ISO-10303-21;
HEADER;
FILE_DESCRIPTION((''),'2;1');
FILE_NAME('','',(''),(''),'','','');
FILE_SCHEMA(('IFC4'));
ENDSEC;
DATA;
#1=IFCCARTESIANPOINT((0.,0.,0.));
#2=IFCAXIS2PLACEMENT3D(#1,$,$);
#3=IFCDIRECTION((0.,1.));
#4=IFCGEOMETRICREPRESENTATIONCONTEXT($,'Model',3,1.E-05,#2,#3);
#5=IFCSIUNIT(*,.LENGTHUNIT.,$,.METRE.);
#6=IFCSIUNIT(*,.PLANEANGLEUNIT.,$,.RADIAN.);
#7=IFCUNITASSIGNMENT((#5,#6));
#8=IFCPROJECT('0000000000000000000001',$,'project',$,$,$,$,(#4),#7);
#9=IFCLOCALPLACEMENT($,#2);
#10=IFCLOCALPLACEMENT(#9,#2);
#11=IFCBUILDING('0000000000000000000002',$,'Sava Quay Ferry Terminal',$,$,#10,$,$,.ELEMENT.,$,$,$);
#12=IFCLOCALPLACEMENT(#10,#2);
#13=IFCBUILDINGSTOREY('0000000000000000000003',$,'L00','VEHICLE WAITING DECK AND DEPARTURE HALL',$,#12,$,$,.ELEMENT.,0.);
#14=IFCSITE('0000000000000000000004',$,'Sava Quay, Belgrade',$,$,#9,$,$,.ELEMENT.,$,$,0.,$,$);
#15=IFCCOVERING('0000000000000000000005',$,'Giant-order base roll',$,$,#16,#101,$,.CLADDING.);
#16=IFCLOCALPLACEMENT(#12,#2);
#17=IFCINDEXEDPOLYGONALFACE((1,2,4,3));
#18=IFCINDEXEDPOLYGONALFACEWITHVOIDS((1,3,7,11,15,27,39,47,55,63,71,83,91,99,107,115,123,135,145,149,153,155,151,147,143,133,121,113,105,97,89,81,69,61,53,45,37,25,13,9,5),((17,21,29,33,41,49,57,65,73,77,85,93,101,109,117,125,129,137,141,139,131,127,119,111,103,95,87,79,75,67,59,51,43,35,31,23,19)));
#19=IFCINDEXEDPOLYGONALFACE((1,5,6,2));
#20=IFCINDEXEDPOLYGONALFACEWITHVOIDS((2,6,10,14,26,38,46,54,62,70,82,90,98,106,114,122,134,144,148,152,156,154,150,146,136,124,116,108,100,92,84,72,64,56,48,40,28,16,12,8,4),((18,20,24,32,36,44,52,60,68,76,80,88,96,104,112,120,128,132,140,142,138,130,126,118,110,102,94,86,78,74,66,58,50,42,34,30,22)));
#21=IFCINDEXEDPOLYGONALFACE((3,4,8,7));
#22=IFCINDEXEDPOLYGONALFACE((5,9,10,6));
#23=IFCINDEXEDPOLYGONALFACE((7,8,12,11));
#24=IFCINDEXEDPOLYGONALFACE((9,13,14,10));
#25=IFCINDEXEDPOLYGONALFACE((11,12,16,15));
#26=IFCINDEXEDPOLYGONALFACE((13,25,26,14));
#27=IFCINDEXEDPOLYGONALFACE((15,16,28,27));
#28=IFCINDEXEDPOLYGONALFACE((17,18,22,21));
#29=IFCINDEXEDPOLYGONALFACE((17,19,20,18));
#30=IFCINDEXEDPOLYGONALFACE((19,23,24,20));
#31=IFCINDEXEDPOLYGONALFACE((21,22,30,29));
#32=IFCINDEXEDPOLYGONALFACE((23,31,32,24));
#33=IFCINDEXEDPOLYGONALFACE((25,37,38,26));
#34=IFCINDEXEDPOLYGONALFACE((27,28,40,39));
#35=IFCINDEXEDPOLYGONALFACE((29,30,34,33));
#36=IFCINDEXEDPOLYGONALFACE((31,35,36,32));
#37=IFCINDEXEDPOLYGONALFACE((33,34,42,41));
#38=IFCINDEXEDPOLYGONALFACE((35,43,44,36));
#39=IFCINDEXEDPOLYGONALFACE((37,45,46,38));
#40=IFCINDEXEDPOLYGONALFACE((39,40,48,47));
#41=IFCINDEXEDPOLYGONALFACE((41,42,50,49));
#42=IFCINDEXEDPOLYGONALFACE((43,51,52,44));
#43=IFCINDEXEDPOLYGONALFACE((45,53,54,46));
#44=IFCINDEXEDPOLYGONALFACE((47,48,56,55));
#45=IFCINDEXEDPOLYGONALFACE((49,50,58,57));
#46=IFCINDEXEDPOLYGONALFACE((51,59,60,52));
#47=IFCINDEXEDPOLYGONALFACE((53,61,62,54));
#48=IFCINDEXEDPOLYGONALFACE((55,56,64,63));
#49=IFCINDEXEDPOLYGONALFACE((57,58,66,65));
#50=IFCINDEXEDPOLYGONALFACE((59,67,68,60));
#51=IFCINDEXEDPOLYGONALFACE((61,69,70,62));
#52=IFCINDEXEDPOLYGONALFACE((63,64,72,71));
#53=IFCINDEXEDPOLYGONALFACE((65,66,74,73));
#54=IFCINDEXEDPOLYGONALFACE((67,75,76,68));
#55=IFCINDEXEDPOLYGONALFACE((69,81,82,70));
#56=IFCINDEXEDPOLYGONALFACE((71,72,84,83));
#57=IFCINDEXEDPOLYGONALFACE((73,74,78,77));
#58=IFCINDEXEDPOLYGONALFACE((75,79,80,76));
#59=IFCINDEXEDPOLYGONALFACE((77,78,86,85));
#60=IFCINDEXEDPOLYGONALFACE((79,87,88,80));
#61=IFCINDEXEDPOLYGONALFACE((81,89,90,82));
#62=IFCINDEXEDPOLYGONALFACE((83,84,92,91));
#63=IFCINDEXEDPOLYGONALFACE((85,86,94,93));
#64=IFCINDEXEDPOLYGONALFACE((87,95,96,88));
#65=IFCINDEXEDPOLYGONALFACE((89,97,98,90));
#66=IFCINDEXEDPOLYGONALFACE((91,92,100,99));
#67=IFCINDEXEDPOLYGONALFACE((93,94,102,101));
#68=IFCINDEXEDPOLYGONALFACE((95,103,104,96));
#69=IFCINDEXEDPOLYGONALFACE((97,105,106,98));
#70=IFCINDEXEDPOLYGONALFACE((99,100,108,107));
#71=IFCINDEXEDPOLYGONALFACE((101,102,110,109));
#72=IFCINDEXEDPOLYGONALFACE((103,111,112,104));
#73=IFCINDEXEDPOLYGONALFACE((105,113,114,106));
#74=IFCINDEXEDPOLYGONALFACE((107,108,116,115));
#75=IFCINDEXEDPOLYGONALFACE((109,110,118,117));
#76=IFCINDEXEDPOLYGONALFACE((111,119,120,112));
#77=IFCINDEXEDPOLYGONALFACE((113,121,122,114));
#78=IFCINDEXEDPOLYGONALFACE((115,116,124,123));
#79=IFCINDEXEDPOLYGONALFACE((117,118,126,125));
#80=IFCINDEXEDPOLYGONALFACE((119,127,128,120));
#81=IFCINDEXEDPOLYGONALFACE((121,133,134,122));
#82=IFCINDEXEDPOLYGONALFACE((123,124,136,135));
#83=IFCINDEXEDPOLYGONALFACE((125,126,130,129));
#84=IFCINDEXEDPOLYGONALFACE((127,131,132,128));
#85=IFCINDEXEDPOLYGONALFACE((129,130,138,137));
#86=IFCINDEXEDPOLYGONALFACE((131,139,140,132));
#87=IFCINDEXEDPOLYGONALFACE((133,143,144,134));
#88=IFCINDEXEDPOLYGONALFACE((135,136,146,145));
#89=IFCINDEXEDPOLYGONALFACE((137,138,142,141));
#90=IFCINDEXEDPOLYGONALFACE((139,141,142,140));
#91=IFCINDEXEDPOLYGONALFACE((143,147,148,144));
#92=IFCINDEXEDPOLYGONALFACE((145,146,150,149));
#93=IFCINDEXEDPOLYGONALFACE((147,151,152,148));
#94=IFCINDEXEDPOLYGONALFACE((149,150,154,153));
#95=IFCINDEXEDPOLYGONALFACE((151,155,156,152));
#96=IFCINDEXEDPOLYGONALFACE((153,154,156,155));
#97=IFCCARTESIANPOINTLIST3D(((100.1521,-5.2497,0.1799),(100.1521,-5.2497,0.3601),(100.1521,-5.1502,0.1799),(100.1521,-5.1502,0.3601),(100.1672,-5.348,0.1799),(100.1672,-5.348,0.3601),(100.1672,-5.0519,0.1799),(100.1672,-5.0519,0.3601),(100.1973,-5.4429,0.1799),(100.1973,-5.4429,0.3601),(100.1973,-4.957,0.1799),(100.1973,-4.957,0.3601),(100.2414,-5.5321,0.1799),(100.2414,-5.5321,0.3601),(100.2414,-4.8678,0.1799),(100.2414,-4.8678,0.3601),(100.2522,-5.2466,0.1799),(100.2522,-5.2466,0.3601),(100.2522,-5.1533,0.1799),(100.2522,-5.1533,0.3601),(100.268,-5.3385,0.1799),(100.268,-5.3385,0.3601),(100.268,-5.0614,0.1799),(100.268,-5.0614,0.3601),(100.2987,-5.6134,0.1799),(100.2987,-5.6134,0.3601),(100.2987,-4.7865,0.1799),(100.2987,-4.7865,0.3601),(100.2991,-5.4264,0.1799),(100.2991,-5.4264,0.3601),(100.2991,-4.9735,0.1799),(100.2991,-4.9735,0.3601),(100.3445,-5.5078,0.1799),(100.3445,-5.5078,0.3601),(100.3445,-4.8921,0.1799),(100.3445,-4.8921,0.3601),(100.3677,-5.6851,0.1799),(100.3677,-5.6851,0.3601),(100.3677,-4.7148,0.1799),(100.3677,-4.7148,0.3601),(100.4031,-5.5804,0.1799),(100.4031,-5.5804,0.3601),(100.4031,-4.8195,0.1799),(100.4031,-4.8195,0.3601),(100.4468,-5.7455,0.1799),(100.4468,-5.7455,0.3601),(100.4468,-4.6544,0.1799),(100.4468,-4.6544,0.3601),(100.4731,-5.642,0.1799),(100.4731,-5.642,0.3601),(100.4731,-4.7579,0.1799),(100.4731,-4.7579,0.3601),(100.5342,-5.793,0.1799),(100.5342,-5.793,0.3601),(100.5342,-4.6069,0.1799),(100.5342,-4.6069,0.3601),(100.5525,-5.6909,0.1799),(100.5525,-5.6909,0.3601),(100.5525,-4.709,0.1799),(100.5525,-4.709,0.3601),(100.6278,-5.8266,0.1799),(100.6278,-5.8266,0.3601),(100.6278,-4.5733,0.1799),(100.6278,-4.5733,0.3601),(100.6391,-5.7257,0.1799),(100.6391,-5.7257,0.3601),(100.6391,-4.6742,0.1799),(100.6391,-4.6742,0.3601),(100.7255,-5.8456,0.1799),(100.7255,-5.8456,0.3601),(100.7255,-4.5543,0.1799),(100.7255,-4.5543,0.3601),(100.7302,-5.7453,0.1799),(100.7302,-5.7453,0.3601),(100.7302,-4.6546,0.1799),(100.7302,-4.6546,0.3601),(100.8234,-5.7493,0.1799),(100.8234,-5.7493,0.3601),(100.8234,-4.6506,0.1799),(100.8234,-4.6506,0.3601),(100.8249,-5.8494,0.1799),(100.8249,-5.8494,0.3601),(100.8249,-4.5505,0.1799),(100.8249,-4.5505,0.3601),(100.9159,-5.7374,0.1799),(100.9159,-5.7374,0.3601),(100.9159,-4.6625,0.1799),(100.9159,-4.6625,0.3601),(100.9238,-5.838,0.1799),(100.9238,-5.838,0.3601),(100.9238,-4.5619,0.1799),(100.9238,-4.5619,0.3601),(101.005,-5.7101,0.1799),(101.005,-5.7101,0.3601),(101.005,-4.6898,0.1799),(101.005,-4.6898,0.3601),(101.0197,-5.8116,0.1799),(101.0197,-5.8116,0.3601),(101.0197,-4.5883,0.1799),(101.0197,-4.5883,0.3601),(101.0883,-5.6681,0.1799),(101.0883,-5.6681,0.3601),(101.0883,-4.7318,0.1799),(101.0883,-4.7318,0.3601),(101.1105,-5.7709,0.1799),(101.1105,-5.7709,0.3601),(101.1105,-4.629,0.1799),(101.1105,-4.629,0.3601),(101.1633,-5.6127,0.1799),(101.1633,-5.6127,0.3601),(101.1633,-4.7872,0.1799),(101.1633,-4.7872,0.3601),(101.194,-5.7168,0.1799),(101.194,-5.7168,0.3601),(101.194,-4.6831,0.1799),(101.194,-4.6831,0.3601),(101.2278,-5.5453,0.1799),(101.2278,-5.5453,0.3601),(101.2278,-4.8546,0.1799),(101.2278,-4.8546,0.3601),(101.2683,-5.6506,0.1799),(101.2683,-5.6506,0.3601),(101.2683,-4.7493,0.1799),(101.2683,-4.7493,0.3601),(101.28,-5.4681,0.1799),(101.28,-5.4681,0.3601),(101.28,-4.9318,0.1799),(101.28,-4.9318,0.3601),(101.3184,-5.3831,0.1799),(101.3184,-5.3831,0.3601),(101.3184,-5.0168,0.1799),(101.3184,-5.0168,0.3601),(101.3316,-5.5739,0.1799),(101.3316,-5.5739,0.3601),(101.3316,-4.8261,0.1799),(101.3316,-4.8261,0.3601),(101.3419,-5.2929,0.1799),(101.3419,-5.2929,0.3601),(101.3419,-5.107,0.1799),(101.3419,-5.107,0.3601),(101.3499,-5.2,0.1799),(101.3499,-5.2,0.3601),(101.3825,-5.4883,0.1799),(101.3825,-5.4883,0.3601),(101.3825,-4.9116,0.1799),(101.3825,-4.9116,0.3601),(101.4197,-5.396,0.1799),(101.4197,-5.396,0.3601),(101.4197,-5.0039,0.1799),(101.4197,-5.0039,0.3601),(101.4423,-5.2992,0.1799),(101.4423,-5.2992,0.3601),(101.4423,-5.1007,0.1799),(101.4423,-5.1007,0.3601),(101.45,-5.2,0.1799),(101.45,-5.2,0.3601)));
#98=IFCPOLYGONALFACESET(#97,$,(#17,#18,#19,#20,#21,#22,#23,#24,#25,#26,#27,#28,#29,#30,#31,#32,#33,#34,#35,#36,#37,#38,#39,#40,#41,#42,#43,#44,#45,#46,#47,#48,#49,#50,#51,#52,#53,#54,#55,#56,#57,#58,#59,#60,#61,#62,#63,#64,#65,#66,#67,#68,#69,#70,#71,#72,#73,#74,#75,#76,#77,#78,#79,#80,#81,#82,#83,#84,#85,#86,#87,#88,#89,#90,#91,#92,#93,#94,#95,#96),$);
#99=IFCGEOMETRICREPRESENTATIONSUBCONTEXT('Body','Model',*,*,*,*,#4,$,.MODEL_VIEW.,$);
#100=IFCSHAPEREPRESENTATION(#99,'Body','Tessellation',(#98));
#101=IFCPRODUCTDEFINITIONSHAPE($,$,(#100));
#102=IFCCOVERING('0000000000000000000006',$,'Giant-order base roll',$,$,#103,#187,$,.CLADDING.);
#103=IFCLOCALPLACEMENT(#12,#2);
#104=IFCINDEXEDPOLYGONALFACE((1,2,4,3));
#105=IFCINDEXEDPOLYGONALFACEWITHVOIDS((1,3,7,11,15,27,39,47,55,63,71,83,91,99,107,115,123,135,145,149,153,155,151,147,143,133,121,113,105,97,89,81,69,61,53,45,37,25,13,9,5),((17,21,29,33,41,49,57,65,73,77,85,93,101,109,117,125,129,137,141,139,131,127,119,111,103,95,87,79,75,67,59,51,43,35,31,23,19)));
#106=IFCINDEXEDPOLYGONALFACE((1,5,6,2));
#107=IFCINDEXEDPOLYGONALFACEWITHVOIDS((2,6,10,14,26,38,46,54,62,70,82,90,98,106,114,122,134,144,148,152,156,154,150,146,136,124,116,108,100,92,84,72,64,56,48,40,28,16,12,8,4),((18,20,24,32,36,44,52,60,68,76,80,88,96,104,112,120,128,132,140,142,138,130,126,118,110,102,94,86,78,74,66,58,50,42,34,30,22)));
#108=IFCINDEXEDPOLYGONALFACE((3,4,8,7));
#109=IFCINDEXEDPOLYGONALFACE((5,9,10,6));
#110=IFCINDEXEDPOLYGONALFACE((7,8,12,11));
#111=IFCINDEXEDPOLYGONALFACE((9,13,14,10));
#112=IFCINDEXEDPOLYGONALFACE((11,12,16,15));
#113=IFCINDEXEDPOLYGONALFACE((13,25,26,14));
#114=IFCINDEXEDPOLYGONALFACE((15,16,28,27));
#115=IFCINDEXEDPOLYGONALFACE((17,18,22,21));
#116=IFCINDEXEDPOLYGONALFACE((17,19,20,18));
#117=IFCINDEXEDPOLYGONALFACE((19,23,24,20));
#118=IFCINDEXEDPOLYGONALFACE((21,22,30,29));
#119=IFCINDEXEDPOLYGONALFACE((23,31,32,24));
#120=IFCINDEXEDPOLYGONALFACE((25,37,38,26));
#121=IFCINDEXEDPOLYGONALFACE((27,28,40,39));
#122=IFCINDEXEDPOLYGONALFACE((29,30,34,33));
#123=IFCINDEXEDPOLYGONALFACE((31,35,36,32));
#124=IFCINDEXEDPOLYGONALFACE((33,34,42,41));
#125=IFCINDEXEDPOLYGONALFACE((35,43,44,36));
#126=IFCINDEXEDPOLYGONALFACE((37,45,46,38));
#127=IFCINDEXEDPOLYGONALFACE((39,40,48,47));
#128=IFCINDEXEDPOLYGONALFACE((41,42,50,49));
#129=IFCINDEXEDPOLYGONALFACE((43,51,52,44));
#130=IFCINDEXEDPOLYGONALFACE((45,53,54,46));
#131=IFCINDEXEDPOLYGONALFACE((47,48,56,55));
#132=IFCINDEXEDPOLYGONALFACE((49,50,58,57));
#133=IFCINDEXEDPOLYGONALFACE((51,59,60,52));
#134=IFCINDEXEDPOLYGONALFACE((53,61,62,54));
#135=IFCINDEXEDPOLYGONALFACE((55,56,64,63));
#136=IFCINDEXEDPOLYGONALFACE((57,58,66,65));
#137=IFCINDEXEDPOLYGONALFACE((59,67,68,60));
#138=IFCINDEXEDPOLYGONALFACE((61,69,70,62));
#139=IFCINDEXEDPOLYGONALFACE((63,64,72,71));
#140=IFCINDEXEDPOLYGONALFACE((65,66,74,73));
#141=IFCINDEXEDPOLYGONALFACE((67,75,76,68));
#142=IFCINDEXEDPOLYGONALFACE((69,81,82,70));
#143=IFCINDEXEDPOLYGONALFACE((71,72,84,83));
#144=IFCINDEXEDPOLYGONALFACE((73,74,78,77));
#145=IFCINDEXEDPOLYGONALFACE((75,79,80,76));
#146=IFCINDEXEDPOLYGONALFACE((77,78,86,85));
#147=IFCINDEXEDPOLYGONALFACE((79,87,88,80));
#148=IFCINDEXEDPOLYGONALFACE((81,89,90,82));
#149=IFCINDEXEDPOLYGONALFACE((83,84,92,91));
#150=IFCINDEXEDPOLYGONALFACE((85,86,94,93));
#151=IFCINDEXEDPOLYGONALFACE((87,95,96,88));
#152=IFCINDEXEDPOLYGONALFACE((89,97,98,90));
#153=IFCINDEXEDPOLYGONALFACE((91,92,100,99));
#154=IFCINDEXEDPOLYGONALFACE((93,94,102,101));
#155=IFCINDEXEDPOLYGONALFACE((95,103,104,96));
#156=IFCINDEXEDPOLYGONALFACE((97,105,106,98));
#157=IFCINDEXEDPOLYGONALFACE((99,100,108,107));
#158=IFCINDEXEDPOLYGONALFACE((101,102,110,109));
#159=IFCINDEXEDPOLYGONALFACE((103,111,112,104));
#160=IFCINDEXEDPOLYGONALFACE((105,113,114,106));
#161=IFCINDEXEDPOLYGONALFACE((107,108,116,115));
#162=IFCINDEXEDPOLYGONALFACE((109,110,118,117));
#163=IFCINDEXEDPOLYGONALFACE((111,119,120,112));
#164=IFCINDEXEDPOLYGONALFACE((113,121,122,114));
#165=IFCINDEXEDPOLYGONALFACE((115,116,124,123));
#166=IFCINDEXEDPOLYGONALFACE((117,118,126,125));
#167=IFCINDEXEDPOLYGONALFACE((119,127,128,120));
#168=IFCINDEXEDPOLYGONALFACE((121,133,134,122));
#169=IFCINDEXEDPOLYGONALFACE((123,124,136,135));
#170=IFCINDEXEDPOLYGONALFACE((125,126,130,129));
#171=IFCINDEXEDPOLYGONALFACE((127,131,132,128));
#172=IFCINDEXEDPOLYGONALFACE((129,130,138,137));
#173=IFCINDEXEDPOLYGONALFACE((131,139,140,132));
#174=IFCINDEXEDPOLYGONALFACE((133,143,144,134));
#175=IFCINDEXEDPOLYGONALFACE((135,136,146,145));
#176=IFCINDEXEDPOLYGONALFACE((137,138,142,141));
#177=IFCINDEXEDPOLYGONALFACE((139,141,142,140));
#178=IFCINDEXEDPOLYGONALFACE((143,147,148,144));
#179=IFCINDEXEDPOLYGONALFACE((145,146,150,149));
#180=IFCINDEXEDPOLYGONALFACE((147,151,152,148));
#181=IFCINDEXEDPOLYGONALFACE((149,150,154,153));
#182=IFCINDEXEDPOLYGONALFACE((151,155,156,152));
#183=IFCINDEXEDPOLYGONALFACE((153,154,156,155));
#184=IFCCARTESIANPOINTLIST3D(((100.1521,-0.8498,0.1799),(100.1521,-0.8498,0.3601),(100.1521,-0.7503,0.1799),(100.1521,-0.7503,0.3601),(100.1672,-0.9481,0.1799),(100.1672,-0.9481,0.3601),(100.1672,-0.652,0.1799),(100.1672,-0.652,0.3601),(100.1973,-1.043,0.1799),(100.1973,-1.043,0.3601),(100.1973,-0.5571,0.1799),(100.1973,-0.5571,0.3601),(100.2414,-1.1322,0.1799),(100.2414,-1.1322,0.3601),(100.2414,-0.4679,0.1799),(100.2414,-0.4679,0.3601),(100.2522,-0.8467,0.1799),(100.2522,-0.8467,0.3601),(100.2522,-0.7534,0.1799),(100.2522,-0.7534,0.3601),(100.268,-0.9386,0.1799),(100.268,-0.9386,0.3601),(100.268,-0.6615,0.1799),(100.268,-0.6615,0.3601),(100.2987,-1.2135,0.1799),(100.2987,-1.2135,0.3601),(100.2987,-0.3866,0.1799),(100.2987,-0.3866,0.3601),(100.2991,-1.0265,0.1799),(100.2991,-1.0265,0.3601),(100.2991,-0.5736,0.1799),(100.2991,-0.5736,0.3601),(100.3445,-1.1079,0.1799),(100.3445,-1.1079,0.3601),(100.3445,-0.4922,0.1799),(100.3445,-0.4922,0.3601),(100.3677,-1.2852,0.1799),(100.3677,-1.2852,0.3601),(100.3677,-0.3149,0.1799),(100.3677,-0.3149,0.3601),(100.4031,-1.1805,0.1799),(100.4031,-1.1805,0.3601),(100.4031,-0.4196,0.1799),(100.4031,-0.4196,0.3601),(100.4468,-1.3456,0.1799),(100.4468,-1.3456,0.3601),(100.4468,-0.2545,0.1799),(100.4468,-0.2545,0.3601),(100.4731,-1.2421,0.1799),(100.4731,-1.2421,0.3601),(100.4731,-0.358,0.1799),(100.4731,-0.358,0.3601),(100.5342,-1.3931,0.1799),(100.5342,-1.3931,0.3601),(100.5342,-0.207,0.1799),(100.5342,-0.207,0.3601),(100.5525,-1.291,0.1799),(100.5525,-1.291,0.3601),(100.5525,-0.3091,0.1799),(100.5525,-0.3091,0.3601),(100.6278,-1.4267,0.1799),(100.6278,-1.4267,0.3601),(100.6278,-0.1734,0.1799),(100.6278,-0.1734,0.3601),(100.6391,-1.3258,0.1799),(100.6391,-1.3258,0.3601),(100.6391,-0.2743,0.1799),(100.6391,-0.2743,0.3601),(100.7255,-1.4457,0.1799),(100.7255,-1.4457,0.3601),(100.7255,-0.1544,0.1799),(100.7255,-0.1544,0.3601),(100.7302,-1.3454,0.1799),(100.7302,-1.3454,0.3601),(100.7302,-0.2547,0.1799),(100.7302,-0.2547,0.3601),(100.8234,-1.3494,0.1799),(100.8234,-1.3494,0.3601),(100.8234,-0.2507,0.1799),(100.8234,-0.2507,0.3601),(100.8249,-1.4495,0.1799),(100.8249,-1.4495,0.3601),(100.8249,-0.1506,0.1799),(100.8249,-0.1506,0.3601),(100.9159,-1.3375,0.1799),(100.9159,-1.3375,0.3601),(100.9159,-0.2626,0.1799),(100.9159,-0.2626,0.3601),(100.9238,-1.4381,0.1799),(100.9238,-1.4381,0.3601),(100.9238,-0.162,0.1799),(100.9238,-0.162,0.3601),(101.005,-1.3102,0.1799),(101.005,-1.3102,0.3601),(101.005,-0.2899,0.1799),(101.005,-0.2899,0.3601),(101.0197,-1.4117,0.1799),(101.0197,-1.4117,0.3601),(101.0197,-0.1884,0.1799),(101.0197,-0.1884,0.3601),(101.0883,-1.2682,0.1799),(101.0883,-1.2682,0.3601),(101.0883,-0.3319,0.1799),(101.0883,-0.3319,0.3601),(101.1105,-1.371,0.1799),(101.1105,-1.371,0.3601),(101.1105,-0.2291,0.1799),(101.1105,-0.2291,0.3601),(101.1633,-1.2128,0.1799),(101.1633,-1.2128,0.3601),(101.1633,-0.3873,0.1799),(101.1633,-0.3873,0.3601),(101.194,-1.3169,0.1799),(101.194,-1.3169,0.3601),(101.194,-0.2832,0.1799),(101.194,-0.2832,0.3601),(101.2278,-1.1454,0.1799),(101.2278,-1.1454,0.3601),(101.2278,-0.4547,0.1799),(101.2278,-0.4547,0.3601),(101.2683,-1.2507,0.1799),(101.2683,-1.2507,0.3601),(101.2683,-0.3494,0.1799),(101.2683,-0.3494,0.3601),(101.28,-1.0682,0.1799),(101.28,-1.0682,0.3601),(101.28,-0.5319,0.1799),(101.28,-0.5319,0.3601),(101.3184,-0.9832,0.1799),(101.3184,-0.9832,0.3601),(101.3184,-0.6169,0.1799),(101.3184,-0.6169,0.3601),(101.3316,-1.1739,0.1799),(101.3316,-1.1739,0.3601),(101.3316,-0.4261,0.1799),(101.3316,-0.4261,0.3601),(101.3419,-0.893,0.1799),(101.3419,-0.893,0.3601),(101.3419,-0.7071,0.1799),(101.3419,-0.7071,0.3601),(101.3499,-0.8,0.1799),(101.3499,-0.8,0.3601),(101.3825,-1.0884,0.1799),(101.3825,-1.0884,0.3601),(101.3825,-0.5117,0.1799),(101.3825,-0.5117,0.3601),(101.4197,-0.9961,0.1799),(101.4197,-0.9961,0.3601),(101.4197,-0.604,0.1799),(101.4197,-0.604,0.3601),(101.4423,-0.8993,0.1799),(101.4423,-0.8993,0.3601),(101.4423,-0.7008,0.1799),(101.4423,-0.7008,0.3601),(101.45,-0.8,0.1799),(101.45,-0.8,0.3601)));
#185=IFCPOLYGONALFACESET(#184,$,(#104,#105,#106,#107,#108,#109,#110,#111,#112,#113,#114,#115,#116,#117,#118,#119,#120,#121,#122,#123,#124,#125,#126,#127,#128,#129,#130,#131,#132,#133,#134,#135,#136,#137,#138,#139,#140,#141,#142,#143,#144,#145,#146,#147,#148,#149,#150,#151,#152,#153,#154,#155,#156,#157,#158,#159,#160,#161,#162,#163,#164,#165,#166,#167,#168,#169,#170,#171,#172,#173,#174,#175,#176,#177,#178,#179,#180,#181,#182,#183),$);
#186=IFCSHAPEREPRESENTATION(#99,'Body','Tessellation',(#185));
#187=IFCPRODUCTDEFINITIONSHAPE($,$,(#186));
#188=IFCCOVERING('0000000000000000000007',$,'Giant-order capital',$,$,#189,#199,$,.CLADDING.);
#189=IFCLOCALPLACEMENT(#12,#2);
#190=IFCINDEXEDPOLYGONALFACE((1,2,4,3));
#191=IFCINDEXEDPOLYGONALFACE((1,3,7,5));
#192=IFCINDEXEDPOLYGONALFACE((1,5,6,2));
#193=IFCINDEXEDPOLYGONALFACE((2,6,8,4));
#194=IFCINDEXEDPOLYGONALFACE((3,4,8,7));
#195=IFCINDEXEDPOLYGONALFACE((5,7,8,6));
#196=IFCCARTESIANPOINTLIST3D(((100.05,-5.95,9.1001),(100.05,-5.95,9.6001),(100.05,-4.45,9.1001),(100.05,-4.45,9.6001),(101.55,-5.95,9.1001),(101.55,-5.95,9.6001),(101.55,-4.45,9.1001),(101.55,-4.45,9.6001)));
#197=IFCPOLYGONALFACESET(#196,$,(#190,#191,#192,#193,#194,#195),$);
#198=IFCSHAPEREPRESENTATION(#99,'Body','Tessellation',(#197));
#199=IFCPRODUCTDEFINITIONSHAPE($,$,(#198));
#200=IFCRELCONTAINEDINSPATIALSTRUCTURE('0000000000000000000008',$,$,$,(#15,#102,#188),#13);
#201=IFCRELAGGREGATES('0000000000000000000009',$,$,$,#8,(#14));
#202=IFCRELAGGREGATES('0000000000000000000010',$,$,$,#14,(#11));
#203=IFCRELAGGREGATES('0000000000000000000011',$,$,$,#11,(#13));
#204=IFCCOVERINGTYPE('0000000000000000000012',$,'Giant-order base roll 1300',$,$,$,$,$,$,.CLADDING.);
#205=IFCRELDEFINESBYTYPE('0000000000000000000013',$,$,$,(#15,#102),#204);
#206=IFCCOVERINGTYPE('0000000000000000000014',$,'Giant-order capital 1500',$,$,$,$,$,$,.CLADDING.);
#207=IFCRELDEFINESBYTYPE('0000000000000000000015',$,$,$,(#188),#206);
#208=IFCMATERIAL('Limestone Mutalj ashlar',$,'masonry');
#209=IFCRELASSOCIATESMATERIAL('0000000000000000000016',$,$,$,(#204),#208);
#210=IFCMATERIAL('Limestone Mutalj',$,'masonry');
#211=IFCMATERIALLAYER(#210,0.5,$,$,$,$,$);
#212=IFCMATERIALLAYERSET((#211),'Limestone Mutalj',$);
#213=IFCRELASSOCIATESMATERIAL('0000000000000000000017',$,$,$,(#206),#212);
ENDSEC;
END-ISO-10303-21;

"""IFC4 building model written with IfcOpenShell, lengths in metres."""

from ifc_helpers import new_model, si_unit, direction, frame, origin, origin_2d, place, context, subcontext, project, spatial, rectangle, hollow_circle, extrude, material, layer, layer_set, material_profile, profile_set, type_object, element, save


model = new_model("IFC4")

# Units and contexts
model_context = context("Model", 3, precision=1e-05, world=origin(), true_north=direction((0.0, 1.0)))
body_context = subcontext(model_context, "Body", "Model", "MODEL_VIEW")
ifc_project = project(units=[si_unit("LENGTHUNIT", "METRE"), si_unit("PLANEANGLEUNIT", "RADIAN")], contexts=[model_context])

# Site, building, storey
site_placement = place(None, origin())
site = spatial("IfcSite", under=ifc_project, at=site_placement, Name="Sava Quay, Belgrade", CompositionType="ELEMENT", RefElevation=0.0)
building_placement = place(site_placement, origin())
building = spatial("IfcBuilding", under=site, at=building_placement, Name="Sava Quay Ferry Terminal", CompositionType="ELEMENT")
storey_placement = place(building_placement, origin())
storey = spatial("IfcBuildingStorey", under=building, at=storey_placement, Name="L00", Description="VEHICLE WAITING DECK AND DEPARTURE HALL", CompositionType="ELEMENT", Elevation=0.0)

# Coverings
ifc_material_1 = material(Name="Limestone Mutalj ashlar", Category="masonry")
ifc_material_profile_1 = material_profile(ifc_material_1, hollow_circle(Radius=0.6499, WallThickness=0.1001, at=origin_2d()), Name="Base roll 1300")
ifc_profile_set_1 = profile_set([ifc_material_profile_1], Name="Limestone Mutalj ashlar")
covering_type_1 = type_object("IfcCoveringType", Name="Giant-order base roll 1300", PredefinedType="CLADDING", material=ifc_profile_set_1)
for number, where, z_axis, x_axis, name in (
    (1, (100.8, -5.2, 0.1799), (0.0, 0.0, 1.0), (1.0, 0.0, 0.0), "Giant-order base roll"),
    (2, (100.8, -0.8, 0.1799), (0.0, 0.0, 1.0), (1.0, 0.0, 0.0), "Giant-order base roll"),
):
    element("IfcCovering", number, at=place(storey_placement, frame(where, z_axis=z_axis, x_axis=x_axis)), inside=storey, type_object=covering_type_1, Name=name, PredefinedType="CLADDING", context=body_context, shape_type="SweptSolid", body=[
        extrude(hollow_circle(Radius=0.6499, WallThickness=0.1001, at=origin_2d()), origin(), (0.0, 0.0, 1.0), 0.1802),
    ])
ifc_material_2 = material(Name="Limestone Mutalj", Category="masonry")
ifc_layer_1 = layer(ifc_material_2, 0.5)
ifc_layer_set_1 = layer_set([ifc_layer_1], Name="Limestone Mutalj")
covering_type_2 = type_object("IfcCoveringType", Name="Giant-order capital 1500", PredefinedType="CLADDING", material=ifc_layer_set_1)
for number, where, z_axis, x_axis, name in (
    (3, (100.8, -5.2, 9.1001), (0.0, 0.0, 1.0), (1.0, 0.0, 0.0), "Giant-order capital"),
):
    element("IfcCovering", number, at=place(storey_placement, frame(where, z_axis=z_axis, x_axis=x_axis)), inside=storey, type_object=covering_type_2, Name=name, PredefinedType="CLADDING", context=body_context, shape_type="SweptSolid", body=[
        extrude(rectangle(XDim=1.5, YDim=1.5, at=origin_2d()), origin(), (0.0, 0.0, 1.0), 0.5),
    ])

save(model, "model.ifc")
